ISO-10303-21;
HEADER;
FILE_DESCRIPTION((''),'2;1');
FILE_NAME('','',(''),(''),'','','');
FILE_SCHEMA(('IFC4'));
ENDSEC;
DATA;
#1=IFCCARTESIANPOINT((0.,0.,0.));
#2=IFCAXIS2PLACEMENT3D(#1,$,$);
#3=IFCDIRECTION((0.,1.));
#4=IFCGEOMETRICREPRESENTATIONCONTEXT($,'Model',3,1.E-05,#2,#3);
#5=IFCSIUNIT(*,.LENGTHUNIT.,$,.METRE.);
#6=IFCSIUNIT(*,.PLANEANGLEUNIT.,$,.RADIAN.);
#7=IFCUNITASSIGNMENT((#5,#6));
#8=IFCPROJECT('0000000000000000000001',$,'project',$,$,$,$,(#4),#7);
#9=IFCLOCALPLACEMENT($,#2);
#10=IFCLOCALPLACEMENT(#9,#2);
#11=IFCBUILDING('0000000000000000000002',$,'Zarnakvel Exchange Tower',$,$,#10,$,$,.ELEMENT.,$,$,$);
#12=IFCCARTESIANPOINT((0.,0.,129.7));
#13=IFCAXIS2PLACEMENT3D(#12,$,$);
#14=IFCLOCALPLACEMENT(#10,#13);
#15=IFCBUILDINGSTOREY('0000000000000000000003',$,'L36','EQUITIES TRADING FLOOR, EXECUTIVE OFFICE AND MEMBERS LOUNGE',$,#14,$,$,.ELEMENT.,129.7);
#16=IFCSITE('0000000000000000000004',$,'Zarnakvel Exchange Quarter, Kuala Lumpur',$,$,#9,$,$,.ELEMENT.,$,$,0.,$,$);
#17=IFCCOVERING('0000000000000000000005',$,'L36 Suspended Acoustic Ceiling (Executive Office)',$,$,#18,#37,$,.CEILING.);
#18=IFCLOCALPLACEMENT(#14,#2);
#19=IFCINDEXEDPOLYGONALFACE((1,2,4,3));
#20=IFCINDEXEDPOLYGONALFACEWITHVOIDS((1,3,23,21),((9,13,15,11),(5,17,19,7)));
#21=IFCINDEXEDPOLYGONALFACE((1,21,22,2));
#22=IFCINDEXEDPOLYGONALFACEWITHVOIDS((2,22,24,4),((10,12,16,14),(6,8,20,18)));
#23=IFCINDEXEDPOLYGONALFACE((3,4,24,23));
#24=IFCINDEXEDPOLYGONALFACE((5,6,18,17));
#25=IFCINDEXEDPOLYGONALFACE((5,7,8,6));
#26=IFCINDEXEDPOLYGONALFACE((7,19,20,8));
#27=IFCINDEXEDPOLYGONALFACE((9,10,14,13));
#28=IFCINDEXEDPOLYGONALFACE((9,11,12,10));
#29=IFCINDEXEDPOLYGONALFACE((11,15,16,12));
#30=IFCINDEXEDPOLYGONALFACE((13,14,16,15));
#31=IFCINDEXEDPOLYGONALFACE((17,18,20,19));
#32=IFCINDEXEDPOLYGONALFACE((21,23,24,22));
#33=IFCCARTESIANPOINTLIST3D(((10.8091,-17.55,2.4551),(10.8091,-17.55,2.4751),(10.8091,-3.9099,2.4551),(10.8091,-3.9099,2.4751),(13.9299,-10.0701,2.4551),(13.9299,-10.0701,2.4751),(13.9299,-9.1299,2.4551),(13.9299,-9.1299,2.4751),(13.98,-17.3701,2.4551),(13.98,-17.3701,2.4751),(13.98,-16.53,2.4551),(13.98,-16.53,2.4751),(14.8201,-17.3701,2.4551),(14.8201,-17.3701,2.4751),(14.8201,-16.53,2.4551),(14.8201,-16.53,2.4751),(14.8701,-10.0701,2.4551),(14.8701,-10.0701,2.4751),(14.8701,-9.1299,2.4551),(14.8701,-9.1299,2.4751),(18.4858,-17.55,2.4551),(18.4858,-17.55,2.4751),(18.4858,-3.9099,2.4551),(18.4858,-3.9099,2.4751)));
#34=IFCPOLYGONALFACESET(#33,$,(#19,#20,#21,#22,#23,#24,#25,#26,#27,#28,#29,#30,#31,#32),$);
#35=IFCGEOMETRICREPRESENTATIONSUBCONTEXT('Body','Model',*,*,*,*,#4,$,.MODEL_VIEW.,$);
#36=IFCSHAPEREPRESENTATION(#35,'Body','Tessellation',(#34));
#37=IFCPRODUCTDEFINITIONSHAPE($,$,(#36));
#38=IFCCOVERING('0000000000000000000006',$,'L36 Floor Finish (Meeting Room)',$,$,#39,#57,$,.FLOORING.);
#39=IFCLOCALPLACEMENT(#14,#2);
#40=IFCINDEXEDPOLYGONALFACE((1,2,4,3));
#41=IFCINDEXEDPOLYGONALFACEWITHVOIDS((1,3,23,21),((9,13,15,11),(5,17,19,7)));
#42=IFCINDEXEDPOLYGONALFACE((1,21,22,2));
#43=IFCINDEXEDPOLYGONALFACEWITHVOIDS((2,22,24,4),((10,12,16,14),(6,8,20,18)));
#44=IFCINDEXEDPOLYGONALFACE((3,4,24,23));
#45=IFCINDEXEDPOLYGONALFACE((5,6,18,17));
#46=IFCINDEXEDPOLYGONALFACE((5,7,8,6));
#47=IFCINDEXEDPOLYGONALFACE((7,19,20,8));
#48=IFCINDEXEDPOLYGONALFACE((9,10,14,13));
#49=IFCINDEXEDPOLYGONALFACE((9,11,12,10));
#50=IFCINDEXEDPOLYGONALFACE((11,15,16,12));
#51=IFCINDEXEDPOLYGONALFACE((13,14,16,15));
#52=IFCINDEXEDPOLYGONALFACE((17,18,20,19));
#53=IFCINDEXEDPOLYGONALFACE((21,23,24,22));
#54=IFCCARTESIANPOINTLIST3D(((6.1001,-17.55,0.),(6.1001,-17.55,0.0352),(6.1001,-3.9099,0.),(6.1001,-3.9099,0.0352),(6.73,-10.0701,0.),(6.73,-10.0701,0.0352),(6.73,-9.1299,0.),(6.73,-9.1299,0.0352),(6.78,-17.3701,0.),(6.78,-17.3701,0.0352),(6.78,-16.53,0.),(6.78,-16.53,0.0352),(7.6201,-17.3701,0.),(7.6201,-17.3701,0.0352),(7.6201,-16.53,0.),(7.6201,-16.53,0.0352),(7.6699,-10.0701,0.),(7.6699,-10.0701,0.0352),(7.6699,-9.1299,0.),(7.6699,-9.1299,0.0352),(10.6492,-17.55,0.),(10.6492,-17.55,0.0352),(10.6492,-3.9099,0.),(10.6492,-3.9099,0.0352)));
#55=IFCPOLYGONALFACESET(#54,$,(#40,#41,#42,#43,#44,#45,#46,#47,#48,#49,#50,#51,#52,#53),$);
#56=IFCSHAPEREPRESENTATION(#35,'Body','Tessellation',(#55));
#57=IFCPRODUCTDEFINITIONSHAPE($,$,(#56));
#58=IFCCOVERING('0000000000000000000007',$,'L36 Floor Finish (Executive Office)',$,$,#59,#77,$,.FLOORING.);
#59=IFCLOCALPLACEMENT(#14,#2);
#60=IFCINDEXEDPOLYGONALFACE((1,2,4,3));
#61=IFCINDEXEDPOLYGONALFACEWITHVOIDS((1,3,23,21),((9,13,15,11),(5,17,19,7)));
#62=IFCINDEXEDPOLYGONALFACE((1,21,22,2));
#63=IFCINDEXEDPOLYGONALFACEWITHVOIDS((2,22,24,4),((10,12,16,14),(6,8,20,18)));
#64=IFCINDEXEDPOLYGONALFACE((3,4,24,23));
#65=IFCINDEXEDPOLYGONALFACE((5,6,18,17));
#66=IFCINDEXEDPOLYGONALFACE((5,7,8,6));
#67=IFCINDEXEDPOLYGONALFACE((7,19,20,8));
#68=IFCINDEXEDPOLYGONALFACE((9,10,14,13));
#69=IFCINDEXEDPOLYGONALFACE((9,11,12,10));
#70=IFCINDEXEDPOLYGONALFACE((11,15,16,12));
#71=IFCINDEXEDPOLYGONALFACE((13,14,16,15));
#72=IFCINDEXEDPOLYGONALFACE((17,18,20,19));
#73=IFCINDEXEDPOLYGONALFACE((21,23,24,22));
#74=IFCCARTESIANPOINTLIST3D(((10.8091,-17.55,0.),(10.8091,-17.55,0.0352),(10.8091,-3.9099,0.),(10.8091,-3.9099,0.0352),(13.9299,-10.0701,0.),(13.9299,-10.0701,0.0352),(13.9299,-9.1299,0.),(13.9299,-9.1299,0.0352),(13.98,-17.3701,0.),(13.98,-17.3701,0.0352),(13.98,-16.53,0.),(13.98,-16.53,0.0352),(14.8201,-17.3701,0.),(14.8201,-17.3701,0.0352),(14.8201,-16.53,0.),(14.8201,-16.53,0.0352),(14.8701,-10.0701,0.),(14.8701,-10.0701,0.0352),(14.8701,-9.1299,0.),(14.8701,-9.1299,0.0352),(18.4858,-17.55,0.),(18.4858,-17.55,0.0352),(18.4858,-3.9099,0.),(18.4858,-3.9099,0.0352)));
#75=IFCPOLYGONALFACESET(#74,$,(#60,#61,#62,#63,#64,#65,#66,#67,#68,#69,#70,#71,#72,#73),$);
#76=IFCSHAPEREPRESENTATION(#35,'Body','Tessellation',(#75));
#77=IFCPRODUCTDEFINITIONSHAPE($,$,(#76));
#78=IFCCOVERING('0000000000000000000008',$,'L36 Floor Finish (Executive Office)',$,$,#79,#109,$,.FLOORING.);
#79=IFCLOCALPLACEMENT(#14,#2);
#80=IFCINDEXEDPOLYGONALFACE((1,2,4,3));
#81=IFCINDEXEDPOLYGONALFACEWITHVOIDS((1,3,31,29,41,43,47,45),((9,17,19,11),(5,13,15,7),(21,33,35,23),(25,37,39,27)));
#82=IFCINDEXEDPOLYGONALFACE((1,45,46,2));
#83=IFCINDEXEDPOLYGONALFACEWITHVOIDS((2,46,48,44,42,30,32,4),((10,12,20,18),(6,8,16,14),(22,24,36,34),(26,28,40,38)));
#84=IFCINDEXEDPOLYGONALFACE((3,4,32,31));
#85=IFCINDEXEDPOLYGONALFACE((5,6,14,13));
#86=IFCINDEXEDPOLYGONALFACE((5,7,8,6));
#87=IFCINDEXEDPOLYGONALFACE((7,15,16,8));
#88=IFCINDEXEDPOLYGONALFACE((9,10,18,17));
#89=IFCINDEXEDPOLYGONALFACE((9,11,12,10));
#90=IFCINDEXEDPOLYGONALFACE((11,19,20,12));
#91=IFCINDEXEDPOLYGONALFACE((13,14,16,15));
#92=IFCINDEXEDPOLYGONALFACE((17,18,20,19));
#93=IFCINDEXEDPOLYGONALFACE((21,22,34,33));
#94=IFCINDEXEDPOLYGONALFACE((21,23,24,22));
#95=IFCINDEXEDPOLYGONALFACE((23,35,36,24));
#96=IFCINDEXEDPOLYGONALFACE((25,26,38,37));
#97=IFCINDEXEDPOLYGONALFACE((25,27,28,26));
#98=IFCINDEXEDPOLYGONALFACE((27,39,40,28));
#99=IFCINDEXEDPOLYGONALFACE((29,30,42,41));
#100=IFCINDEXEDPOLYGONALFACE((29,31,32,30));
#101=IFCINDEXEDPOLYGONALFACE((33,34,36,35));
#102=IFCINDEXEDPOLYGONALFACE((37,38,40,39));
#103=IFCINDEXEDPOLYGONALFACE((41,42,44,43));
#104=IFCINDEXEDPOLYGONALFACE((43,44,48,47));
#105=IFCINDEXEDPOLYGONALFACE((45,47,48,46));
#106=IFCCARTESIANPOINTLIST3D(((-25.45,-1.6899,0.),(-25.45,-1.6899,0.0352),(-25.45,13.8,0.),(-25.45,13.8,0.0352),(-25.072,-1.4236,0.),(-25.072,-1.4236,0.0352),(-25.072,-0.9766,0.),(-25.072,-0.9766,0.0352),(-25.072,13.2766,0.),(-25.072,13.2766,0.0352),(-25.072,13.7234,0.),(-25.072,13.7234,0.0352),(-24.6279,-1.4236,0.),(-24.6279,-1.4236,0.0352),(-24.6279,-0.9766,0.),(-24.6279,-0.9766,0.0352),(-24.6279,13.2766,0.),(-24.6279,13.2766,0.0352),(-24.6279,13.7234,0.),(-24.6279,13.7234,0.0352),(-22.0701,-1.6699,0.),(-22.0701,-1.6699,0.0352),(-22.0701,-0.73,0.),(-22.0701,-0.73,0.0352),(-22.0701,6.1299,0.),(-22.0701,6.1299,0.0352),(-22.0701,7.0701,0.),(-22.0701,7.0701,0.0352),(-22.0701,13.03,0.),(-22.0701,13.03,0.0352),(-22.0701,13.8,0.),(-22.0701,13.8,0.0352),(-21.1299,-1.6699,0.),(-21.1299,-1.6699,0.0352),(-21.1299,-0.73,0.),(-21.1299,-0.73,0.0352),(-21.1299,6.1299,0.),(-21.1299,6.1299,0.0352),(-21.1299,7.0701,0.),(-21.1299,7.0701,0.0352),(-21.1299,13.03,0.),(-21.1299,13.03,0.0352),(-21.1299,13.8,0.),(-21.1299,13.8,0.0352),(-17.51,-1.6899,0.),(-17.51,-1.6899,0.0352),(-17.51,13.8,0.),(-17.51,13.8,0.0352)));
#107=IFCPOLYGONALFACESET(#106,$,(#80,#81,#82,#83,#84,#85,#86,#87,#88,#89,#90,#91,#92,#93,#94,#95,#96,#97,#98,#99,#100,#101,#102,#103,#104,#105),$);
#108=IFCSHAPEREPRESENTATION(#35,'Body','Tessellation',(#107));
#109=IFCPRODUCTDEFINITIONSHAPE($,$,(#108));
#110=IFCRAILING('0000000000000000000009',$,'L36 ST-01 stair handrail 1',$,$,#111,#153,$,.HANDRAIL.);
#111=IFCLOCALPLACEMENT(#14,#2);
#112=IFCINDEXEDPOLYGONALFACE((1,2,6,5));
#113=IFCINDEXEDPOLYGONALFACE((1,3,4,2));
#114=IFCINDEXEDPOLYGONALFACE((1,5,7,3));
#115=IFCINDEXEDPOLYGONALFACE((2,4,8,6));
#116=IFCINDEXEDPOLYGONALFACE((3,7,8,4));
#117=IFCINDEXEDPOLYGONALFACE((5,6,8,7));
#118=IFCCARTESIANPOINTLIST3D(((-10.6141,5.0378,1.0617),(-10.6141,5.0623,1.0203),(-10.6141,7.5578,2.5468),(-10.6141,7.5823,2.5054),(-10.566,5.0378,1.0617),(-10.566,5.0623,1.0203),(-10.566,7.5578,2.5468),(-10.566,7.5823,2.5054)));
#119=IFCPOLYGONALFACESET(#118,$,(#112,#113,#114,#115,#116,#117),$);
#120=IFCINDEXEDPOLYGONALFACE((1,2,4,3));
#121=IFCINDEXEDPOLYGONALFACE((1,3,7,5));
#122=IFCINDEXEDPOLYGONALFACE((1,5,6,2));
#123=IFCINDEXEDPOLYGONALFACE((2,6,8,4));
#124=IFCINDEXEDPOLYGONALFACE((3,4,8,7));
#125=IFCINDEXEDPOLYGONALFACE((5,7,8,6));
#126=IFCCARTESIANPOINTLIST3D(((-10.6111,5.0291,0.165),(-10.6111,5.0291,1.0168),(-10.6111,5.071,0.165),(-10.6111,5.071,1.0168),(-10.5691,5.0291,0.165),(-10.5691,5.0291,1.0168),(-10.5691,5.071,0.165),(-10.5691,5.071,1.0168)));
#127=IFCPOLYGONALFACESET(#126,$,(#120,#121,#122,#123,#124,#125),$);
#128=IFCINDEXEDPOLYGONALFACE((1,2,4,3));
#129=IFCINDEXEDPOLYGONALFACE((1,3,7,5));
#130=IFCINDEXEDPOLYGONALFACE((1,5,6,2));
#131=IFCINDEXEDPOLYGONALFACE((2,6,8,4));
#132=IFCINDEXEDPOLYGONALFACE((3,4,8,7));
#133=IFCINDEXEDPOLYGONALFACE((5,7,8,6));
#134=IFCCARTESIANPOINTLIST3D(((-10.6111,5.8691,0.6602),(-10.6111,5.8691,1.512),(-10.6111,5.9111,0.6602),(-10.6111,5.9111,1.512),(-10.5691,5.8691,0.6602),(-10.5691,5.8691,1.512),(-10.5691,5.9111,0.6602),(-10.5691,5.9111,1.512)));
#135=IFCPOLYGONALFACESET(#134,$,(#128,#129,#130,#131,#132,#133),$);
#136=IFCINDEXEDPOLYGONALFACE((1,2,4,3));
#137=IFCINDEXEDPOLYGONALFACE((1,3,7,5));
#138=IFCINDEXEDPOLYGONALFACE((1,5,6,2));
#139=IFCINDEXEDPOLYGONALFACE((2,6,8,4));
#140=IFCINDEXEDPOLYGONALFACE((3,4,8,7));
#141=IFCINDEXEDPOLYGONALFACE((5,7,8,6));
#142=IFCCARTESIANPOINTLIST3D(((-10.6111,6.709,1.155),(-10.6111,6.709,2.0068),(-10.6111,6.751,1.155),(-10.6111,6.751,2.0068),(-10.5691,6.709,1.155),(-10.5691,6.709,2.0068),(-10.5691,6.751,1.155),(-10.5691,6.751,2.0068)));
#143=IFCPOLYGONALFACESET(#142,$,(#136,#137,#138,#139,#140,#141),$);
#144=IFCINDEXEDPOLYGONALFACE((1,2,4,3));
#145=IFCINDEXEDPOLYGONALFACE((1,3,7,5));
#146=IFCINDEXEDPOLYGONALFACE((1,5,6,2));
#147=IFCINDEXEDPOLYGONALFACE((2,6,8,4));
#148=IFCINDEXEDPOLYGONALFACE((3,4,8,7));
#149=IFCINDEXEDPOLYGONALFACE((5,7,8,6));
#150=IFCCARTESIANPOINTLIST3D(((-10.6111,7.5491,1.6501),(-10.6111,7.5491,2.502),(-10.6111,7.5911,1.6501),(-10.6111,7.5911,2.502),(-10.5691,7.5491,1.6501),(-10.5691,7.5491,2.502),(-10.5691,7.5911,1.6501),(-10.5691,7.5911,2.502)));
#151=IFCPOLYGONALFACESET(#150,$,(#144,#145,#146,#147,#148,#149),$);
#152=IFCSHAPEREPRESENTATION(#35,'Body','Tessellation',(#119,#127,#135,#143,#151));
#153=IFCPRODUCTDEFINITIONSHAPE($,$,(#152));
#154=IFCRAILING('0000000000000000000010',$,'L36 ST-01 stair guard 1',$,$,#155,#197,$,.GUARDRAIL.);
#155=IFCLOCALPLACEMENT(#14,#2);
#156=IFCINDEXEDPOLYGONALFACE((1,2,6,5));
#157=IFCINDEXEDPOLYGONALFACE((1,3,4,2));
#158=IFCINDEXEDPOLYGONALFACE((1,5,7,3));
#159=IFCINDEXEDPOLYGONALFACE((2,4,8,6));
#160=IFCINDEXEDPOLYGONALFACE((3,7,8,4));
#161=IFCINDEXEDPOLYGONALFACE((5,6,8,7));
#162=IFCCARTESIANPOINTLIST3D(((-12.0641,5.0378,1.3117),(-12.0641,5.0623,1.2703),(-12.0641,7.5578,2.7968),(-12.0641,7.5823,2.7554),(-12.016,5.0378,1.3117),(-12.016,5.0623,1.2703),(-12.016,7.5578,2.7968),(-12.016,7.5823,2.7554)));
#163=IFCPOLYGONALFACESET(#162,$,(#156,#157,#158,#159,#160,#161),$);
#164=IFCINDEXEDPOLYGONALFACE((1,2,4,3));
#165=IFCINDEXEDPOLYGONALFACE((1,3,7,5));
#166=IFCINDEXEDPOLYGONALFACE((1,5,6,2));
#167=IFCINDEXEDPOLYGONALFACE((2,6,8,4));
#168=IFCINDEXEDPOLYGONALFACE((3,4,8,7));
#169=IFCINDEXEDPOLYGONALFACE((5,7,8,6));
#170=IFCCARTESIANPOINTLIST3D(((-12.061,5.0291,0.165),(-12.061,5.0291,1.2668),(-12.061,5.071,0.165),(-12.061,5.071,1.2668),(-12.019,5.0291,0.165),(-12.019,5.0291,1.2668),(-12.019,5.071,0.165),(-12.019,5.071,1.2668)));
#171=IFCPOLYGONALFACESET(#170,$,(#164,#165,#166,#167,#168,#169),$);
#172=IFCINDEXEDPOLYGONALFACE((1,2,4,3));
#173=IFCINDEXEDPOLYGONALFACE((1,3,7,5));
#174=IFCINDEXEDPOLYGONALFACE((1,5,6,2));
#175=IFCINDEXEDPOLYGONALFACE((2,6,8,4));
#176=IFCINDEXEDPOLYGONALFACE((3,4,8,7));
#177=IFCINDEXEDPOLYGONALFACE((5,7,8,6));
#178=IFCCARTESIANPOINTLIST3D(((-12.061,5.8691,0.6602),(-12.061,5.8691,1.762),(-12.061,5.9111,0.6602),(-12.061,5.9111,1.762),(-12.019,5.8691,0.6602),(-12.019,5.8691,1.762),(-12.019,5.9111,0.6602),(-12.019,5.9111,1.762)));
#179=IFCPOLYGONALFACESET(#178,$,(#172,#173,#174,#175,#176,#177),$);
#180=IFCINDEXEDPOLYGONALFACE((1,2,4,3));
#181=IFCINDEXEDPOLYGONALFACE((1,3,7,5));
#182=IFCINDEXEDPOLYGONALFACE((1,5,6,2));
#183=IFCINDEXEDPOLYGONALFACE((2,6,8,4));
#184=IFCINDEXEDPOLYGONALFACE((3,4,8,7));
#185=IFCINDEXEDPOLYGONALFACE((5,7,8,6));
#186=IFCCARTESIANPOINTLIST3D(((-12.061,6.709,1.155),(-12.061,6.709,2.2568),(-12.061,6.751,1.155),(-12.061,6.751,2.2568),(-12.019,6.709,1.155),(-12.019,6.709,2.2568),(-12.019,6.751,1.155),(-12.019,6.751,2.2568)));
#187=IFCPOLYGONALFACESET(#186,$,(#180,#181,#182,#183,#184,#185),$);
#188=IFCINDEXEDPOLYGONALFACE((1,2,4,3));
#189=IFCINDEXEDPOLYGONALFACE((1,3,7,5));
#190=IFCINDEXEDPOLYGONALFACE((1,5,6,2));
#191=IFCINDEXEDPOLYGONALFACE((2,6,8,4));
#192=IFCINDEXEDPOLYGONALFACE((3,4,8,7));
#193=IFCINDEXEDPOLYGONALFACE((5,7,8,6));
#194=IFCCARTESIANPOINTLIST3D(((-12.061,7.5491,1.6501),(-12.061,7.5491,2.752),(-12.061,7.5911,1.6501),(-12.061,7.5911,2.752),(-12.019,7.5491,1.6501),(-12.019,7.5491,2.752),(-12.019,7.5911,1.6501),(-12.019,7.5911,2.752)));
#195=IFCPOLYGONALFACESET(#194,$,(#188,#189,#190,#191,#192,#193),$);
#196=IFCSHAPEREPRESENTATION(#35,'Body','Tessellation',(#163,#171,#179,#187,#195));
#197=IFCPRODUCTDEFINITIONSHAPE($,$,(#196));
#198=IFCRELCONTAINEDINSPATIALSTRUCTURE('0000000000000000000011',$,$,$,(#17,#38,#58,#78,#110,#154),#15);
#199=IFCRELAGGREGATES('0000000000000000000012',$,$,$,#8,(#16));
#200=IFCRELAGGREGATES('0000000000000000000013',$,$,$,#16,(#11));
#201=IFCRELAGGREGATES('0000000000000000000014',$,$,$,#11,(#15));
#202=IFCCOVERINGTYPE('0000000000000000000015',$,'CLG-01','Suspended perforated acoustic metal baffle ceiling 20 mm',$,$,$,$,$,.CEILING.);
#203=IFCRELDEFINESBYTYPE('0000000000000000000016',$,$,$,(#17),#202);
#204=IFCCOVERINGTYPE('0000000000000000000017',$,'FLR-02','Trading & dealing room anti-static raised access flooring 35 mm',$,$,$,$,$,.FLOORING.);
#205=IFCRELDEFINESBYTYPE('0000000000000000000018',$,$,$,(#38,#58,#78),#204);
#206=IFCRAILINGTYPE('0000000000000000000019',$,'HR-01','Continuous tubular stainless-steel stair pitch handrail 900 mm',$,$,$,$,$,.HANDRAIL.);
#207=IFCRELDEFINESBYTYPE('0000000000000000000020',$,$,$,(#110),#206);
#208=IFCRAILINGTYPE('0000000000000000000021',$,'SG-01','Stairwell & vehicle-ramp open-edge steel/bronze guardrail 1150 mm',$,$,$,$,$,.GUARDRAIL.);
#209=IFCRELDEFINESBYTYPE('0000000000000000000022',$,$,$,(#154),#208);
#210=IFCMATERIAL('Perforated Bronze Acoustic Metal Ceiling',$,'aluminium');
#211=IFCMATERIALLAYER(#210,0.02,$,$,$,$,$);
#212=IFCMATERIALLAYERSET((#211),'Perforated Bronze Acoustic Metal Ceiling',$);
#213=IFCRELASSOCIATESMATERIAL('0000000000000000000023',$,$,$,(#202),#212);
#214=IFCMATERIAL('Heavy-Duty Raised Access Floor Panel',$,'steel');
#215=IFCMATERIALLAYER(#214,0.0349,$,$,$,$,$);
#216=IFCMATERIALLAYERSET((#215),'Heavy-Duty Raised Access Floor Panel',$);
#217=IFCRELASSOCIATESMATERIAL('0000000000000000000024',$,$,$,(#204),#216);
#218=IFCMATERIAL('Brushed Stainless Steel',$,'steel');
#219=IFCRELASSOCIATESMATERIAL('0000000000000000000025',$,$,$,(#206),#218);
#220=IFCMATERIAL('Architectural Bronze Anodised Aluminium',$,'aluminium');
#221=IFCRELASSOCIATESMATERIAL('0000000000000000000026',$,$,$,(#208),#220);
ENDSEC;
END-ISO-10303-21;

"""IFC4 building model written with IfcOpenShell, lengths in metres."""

from ifc_helpers import new_model, si_unit, direction, frame, origin, origin_2d, place, context, subcontext, project, spatial, polyline, rectangle, outline, extrude, material, layer, layer_set, type_object, element, save


model = new_model("IFC4")

# Units and contexts
model_context = context("Model", 3, precision=1e-05, world=origin(), true_north=direction((0.0, 1.0)))
body_context = subcontext(model_context, "Body", "Model", "MODEL_VIEW")
ifc_project = project(units=[si_unit("LENGTHUNIT", "METRE"), si_unit("PLANEANGLEUNIT", "RADIAN")], contexts=[model_context])

# Site, building, storey
site_placement = place(None, origin())
site = spatial("IfcSite", under=ifc_project, at=site_placement, Name="Zarnakvel Exchange Quarter, Kuala Lumpur", CompositionType="ELEMENT", RefElevation=0.0)
building_placement = place(site_placement, origin())
building = spatial("IfcBuilding", under=site, at=building_placement, Name="Zarnakvel Exchange Tower", CompositionType="ELEMENT")
storey_placement = place(building_placement, frame((0.0, 0.0, 129.7)))
storey = spatial("IfcBuildingStorey", under=building, at=storey_placement, Name="L36", Description="EQUITIES TRADING FLOOR, EXECUTIVE OFFICE AND MEMBERS LOUNGE", CompositionType="ELEMENT", Elevation=129.7)

# Shared definitions
ifc_material_1 = material(Name="Brushed Stainless Steel", Category="steel")

# Shared definitions
ifc_material_2 = material(Name="Architectural Bronze Anodised Aluminium", Category="aluminium")

# Coverings
ifc_material_3 = material(Name="Perforated Bronze Acoustic Metal Ceiling", Category="aluminium")
ifc_layer_1 = layer(ifc_material_3, 0.02)
ifc_layer_set_1 = layer_set([ifc_layer_1], Name="Perforated Bronze Acoustic Metal Ceiling")
covering_type_1 = type_object("IfcCoveringType", Name="CLG-01", Description="Suspended perforated acoustic metal baffle ceiling 20 mm", PredefinedType="CEILING", material=ifc_layer_set_1)
covering_1_placement = place(storey_placement, frame((0.0, 0.0, 2.4551)))
element("IfcCovering", 1, at=covering_1_placement, inside=storey, type_object=covering_type_1, Name="L36 Suspended Acoustic Ceiling (Executive Office)", PredefinedType="CEILING", context=body_context, shape_type="SweptSolid", body=[
    extrude(outline(polyline([(10.8091, -3.9099), (18.4858, -3.9099), (18.4858, -17.55), (10.8091, -17.55), (10.8091, -3.9099)]), holes=[polyline([(13.9299, -10.0701), (14.8701, -10.0701), (14.8701, -9.1299), (13.9299, -9.1299), (13.9299, -10.0701)]), polyline([(14.8201, -17.3701), (14.8201, -16.53), (13.98, -16.53), (13.98, -17.3701), (14.8201, -17.3701)])]), origin(), (0.0, 0.0, 1.0), 0.02),
])
ifc_material_4 = material(Name="Heavy-Duty Raised Access Floor Panel", Category="steel")
ifc_layer_2 = layer(ifc_material_4, 0.0349)
ifc_layer_set_2 = layer_set([ifc_layer_2], Name="Heavy-Duty Raised Access Floor Panel")
covering_type_2 = type_object("IfcCoveringType", Name="FLR-02", Description="Trading & dealing room anti-static raised access flooring 35 mm", PredefinedType="FLOORING", material=ifc_layer_set_2)
covering_2_placement = place(storey_placement, origin())
element("IfcCovering", 2, at=covering_2_placement, inside=storey, type_object=covering_type_2, Name="L36 Floor Finish (Meeting Room)", PredefinedType="FLOORING", context=body_context, shape_type="SweptSolid", body=[
    extrude(outline(polyline([(6.1001, -3.9099), (10.6492, -3.9099), (10.6492, -17.55), (6.1001, -17.55), (6.1001, -3.9099)]), holes=[polyline([(6.73, -10.0701), (7.6699, -10.0701), (7.6699, -9.1299), (6.73, -9.1299), (6.73, -10.0701)]), polyline([(7.6201, -17.3701), (7.6201, -16.53), (6.78, -16.53), (6.78, -17.3701), (7.6201, -17.3701)])]), origin(), (0.0, 0.0, 1.0), 0.0352),
])
covering_3_placement = place(storey_placement, origin())
element("IfcCovering", 3, at=covering_3_placement, inside=storey, type_object=covering_type_2, Name="L36 Floor Finish (Executive Office)", PredefinedType="FLOORING", context=body_context, shape_type="SweptSolid", body=[
    extrude(outline(polyline([(10.8091, -3.9099), (18.4858, -3.9099), (18.4858, -17.55), (10.8091, -17.55), (10.8091, -3.9099)]), holes=[polyline([(13.9299, -10.0701), (14.8701, -10.0701), (14.8701, -9.1299), (13.9299, -9.1299), (13.9299, -10.0701)]), polyline([(14.8201, -17.3701), (14.8201, -16.53), (13.98, -16.53), (13.98, -17.3701), (14.8201, -17.3701)])]), origin(), (0.0, 0.0, 1.0), 0.0352),
])
covering_4_placement = place(storey_placement, origin())
element("IfcCovering", 4, at=covering_4_placement, inside=storey, type_object=covering_type_2, Name="L36 Floor Finish (Executive Office)", PredefinedType="FLOORING", context=body_context, shape_type="SweptSolid", body=[
    extrude(outline(polyline([(-25.45, 13.8), (-22.0701, 13.8), (-22.0701, 13.03), (-21.1299, 13.03), (-21.1299, 13.8), (-17.51, 13.8), (-17.51, -1.6899), (-25.45, -1.6899), (-25.45, 13.8)]), holes=[polyline([(-21.1299, 6.1299), (-21.1299, 7.0701), (-22.0701, 7.0701), (-22.0701, 6.1299), (-21.1299, 6.1299)]), polyline([(-21.1299, -1.6699), (-21.1299, -0.73), (-22.0701, -0.73), (-22.0701, -1.6699), (-21.1299, -1.6699)]), polyline([(-24.6279, 13.2766), (-24.6279, 13.7234), (-25.072, 13.7234), (-25.072, 13.2766), (-24.6279, 13.2766)]), polyline([(-24.6279, -1.4236), (-24.6279, -0.9766), (-25.072, -0.9766), (-25.072, -1.4236), (-24.6279, -1.4236)])]), origin(), (0.0, 0.0, 1.0), 0.0352),
])

# Railings
railing_type_1 = type_object("IfcRailingType", Name="HR-01", Description="Continuous tubular stainless-steel stair pitch handrail 900 mm", PredefinedType="HANDRAIL", material=ifc_material_1)
railing_1_placement = place(storey_placement, frame((-10.5901, 5.05, 0.165)))
element("IfcRailing", 5, at=railing_1_placement, inside=storey, type_object=railing_type_1, Name="L36 ST-01 stair handrail 1", PredefinedType="HANDRAIL", context=body_context, shape_type="SweptSolid", body=[
    extrude(rectangle(XDim=0.0481, YDim=0.0481, at=origin_2d()), frame((0.0, 0.0, 0.876), z_axis=(0.0, 0.861524, 0.507717), x_axis=(-1.0, 0.0, 0.0)), (0.0, 0.0, 1.0), 2.925),
    extrude(rectangle(XDim=0.042, YDim=0.042, at=origin_2d()), origin(), (0.0, 0.0, 1.0), 0.8518),
    extrude(rectangle(XDim=0.042, YDim=0.042, at=origin_2d()), frame((0.0, 0.8401, 0.4951)), (0.0, 0.0, 1.0), 0.8518),
    extrude(rectangle(XDim=0.042, YDim=0.042, at=origin_2d()), frame((0.0, 1.6799, 0.99)), (0.0, 0.0, 1.0), 0.8518),
    extrude(rectangle(XDim=0.042, YDim=0.042, at=origin_2d()), frame((0.0, 2.52, 1.4851)), (0.0, 0.0, 1.0), 0.8518),
])
railing_type_2 = type_object("IfcRailingType", Name="SG-01", Description="Stairwell & vehicle-ramp open-edge steel/bronze guardrail 1150 mm", PredefinedType="GUARDRAIL", material=ifc_material_2)
railing_2_placement = place(storey_placement, frame((-12.04, 5.05, 0.165)))
element("IfcRailing", 6, at=railing_2_placement, inside=storey, type_object=railing_type_2, Name="L36 ST-01 stair guard 1", PredefinedType="GUARDRAIL", context=body_context, shape_type="SweptSolid", body=[
    extrude(rectangle(XDim=0.0481, YDim=0.0481, at=origin_2d()), frame((0.0, 0.0, 1.126), z_axis=(0.0, 0.861524, 0.507717), x_axis=(-1.0, 0.0, 0.0)), (0.0, 0.0, 1.0), 2.925),
    extrude(rectangle(XDim=0.042, YDim=0.042, at=origin_2d()), origin(), (0.0, 0.0, 1.0), 1.1018),
    extrude(rectangle(XDim=0.042, YDim=0.042, at=origin_2d()), frame((0.0, 0.8401, 0.4951)), (0.0, 0.0, 1.0), 1.1018),
    extrude(rectangle(XDim=0.042, YDim=0.042, at=origin_2d()), frame((0.0, 1.6799, 0.99)), (0.0, 0.0, 1.0), 1.1018),
    extrude(rectangle(XDim=0.042, YDim=0.042, at=origin_2d()), frame((0.0, 2.52, 1.4851)), (0.0, 0.0, 1.0), 1.1018),
])

save(model, "model.ifc")
